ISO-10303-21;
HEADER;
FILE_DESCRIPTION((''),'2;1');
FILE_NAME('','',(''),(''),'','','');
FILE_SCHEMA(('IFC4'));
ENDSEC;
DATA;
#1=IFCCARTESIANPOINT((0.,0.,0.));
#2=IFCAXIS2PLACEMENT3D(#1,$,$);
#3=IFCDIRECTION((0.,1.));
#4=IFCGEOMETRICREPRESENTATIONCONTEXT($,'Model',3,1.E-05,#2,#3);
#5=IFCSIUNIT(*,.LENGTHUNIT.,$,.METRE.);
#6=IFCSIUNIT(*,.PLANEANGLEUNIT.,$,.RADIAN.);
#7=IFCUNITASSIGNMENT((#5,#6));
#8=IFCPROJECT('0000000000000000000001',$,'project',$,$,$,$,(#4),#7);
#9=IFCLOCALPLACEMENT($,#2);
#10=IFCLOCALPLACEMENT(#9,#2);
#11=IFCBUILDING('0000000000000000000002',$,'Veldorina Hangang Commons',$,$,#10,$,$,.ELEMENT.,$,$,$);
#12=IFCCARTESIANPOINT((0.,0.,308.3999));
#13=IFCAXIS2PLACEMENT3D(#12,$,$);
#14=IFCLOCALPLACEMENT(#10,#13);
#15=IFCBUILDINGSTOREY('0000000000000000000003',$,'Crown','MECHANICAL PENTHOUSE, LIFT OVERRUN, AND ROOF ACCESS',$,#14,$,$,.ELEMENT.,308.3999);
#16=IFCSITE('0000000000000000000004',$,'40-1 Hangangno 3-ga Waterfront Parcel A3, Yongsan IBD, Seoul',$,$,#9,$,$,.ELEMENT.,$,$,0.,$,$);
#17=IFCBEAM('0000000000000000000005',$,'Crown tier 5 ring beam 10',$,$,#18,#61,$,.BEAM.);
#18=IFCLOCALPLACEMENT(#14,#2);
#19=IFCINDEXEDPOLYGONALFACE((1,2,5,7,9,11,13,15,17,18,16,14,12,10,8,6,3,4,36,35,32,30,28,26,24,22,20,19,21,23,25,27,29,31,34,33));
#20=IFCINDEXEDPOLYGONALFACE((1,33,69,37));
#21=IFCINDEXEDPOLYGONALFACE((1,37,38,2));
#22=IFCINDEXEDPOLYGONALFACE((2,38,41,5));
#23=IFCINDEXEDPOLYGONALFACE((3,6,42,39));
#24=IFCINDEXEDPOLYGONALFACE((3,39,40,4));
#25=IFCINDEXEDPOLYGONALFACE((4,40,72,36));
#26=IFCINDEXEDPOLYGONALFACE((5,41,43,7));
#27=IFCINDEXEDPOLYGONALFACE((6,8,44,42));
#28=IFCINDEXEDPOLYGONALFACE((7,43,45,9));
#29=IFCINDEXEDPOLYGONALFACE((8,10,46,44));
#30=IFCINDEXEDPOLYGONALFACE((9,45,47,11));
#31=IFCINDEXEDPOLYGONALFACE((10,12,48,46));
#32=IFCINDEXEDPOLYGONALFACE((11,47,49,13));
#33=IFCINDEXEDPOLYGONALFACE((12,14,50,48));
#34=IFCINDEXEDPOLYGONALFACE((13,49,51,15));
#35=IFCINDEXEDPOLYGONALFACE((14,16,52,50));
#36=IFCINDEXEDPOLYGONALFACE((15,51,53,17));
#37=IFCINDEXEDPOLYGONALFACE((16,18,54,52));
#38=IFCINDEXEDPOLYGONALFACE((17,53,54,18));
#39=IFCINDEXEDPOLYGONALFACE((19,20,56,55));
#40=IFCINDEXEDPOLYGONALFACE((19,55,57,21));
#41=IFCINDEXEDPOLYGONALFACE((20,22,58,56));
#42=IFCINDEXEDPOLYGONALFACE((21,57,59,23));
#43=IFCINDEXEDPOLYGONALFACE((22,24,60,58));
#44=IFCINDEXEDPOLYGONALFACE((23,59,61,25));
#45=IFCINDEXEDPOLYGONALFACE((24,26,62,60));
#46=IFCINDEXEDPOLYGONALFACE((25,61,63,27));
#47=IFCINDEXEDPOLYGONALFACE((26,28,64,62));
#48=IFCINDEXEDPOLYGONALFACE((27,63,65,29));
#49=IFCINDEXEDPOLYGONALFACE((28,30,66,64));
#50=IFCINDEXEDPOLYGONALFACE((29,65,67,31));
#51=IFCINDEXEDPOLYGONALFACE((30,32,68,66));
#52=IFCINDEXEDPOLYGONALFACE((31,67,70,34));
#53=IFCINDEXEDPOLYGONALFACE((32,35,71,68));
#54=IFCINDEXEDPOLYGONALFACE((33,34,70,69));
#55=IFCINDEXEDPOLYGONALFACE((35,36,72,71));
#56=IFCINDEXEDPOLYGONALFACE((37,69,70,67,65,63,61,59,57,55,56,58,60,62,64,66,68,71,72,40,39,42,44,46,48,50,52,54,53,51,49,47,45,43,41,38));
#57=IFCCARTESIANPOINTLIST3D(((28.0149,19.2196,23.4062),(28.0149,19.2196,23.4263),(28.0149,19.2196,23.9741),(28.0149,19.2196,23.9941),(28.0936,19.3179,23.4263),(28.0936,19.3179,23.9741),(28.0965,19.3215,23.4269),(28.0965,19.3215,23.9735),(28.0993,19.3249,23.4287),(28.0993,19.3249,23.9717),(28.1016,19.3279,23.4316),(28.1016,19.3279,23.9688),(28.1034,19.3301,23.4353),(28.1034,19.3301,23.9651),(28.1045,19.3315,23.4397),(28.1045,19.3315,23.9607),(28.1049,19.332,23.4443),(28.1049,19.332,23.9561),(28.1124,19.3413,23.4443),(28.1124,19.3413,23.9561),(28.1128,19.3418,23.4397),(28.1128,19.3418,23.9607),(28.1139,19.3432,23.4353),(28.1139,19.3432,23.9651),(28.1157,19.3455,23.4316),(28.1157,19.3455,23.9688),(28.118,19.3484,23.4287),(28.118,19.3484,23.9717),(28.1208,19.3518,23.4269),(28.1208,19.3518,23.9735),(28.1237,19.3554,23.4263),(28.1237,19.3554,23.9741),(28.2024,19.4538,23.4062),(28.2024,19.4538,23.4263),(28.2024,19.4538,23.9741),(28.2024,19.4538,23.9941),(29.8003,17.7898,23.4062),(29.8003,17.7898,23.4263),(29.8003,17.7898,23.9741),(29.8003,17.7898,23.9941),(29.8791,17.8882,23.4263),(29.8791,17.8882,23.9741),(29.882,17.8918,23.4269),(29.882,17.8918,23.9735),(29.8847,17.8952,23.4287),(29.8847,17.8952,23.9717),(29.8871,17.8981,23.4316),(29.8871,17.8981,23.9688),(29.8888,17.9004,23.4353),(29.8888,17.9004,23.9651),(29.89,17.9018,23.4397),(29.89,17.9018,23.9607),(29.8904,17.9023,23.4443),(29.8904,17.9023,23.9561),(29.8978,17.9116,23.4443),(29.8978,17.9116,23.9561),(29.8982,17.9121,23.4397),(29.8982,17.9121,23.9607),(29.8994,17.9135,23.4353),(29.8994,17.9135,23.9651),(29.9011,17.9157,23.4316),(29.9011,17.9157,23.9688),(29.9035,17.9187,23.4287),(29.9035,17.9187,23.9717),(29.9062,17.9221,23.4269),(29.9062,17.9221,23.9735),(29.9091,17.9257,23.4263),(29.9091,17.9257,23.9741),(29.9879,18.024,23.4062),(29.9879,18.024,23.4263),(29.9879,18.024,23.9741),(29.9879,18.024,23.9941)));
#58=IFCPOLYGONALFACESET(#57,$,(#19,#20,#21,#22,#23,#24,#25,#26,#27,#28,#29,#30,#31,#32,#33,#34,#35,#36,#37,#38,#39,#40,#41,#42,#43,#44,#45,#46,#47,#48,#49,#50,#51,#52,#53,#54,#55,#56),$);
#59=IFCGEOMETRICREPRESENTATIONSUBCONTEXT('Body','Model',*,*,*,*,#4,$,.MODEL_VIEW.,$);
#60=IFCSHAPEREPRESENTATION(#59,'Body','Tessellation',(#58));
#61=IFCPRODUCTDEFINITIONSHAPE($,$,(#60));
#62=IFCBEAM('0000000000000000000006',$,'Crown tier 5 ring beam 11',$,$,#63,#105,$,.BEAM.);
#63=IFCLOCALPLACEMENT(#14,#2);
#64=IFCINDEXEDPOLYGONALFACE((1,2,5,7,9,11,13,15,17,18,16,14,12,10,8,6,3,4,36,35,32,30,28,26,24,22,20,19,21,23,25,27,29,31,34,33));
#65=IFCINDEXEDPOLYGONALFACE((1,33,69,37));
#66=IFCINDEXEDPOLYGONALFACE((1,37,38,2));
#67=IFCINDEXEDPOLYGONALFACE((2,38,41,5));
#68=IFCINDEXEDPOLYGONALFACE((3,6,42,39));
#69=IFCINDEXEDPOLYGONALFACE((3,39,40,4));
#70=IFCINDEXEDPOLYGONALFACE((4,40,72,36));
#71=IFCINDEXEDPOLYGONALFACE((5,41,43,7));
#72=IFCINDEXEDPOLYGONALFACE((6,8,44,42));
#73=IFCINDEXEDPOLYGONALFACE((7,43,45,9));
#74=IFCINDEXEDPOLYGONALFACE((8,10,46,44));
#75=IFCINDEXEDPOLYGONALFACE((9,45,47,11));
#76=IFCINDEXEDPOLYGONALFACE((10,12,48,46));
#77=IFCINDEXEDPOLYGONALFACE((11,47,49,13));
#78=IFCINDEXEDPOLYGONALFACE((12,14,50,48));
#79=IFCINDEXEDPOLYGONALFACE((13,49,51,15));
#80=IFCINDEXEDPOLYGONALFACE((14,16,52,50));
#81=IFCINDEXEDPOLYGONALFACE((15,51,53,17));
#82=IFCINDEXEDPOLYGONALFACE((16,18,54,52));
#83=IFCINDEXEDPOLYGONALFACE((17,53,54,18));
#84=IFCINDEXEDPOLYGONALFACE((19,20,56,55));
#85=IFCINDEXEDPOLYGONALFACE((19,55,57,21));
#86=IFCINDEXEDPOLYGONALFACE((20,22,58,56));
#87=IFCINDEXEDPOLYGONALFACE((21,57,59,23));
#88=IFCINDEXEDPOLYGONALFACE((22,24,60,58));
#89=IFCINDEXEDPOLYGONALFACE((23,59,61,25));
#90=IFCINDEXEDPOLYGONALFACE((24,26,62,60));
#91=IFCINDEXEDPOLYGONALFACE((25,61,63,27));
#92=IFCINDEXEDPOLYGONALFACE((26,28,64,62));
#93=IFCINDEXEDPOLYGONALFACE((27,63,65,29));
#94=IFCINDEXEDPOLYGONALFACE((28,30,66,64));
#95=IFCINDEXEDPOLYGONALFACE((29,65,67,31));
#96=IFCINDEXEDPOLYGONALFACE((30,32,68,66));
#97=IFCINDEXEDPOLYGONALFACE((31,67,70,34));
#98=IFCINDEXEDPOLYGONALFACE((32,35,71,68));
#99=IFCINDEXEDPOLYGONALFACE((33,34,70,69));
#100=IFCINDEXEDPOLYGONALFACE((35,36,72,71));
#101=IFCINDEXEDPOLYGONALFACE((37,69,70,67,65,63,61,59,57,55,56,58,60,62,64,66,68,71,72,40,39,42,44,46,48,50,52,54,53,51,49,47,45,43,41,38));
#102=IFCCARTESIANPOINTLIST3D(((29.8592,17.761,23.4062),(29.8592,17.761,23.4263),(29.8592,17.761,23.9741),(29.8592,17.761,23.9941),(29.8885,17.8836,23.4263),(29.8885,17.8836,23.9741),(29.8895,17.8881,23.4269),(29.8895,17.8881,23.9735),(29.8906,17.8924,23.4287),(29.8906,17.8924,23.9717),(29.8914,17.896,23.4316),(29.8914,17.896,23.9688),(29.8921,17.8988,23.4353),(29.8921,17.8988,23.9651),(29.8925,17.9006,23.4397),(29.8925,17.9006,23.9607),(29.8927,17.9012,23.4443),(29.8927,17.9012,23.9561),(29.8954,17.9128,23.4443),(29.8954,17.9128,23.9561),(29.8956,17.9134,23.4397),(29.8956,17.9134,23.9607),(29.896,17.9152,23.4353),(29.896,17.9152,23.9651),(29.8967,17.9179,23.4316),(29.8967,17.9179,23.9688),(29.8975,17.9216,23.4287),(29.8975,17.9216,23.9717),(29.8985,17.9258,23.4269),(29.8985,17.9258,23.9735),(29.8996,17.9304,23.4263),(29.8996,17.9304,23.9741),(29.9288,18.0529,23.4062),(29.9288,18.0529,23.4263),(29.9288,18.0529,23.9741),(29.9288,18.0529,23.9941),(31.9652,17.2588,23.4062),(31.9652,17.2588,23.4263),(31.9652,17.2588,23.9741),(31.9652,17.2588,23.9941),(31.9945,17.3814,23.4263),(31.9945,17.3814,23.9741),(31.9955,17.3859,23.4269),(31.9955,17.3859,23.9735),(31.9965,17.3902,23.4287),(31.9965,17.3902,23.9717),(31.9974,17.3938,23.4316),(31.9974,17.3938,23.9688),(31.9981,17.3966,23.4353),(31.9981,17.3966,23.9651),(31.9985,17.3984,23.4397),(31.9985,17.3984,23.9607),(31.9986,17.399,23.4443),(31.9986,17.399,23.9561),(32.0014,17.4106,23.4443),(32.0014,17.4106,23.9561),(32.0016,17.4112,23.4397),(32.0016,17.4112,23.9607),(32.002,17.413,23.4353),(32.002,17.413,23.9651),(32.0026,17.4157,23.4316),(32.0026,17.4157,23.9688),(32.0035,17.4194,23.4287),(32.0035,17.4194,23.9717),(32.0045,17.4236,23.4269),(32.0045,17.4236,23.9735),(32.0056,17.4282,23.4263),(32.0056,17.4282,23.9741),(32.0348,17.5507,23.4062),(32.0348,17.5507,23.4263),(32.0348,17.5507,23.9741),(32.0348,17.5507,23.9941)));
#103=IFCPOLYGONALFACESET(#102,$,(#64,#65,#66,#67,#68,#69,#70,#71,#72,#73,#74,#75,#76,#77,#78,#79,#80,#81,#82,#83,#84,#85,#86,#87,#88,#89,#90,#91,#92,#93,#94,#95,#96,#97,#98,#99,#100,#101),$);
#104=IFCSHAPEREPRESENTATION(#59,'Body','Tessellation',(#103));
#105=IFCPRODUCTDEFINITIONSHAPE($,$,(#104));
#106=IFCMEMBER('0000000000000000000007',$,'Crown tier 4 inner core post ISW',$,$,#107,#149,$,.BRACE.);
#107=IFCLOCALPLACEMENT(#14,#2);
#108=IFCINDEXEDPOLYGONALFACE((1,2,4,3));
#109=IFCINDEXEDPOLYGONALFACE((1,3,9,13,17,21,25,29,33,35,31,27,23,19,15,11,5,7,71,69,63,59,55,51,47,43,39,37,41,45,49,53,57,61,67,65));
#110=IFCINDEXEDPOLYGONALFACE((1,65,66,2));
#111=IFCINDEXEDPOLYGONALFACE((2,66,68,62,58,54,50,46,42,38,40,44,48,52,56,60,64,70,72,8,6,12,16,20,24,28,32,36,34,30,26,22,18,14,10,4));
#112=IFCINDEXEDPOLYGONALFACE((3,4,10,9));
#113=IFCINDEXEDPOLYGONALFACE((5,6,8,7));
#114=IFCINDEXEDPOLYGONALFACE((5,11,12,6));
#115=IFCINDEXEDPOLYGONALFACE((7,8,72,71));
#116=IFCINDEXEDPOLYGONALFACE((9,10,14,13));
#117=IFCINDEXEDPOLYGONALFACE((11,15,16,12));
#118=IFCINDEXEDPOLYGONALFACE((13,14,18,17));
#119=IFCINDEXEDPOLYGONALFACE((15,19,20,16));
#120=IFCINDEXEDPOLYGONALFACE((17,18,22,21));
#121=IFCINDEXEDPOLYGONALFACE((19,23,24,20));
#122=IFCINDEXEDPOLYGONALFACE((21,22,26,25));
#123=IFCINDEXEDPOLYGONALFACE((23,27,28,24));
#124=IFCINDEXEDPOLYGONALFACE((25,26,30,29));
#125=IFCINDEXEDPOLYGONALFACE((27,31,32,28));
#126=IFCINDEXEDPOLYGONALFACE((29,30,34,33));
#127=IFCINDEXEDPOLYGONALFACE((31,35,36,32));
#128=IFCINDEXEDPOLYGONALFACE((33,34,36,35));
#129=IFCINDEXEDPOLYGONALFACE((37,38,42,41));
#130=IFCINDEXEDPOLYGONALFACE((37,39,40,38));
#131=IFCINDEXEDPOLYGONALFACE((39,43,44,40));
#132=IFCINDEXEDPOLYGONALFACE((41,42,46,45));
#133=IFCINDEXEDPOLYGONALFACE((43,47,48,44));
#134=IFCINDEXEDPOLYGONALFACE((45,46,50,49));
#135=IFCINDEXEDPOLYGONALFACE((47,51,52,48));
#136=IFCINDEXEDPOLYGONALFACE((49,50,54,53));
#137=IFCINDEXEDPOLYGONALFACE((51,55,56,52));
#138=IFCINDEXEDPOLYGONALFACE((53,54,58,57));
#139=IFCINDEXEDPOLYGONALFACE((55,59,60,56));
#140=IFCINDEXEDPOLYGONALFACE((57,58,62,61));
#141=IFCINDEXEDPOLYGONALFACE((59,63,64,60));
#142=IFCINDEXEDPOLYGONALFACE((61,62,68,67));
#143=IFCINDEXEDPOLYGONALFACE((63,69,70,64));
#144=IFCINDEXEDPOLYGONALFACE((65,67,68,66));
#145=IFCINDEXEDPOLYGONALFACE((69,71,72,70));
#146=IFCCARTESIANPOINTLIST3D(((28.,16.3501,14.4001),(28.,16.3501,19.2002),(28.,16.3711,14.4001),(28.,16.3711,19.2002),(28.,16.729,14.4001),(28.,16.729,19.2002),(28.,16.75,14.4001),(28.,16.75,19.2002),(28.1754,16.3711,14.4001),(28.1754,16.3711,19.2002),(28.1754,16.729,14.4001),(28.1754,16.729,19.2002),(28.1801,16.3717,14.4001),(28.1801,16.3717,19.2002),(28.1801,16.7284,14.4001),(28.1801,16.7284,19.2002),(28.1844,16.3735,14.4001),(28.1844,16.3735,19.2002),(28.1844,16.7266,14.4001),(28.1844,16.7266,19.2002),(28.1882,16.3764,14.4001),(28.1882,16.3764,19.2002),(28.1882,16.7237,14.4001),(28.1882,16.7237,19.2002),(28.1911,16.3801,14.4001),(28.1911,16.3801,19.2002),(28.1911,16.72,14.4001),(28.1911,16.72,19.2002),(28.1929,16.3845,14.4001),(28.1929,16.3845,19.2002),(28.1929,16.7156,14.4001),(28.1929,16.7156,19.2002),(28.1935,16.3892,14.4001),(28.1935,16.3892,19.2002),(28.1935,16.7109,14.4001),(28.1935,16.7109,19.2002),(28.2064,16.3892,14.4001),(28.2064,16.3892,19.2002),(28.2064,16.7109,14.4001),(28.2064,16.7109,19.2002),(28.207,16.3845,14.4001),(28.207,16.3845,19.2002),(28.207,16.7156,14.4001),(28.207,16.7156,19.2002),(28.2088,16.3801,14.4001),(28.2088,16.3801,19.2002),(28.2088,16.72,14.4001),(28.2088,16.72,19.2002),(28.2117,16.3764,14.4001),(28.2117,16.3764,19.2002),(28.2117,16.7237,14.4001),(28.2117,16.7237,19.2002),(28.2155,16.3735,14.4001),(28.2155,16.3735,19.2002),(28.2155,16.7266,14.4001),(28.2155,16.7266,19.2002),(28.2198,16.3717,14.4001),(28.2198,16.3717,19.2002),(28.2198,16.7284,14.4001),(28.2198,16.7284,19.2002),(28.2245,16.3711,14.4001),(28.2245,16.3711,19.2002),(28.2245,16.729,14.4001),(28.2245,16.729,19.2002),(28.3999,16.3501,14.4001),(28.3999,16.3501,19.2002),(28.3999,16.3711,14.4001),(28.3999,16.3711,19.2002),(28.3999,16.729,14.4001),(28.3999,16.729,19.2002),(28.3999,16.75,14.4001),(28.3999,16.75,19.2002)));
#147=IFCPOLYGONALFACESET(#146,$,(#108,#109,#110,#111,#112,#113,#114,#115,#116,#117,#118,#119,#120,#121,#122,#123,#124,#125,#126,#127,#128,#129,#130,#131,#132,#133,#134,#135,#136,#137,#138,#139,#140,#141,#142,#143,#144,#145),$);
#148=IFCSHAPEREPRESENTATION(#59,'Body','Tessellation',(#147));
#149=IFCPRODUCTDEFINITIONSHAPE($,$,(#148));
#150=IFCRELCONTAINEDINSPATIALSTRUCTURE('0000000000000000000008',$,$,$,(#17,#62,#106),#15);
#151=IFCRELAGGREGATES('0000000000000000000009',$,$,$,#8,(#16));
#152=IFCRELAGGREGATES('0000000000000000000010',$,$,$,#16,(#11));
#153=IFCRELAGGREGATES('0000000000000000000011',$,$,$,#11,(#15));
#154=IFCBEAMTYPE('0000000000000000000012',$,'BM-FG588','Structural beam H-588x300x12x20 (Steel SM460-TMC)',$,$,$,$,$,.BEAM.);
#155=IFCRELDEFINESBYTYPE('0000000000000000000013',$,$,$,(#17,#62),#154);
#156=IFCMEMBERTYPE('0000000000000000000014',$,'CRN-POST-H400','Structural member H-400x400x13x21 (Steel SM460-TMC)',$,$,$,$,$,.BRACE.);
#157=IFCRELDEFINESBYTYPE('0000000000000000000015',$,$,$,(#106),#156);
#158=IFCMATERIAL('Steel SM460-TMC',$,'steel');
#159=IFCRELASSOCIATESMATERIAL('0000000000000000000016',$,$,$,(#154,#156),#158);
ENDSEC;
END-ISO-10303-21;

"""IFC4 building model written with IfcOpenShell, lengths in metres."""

from ifc_helpers import new_model, si_unit, direction, frame, origin, origin_2d, place, context, subcontext, project, spatial, i_section, extrude, material, material_profile, profile_set, type_object, element, save


model = new_model("IFC4")

# Units and contexts
model_context = context("Model", 3, precision=1e-05, world=origin(), true_north=direction((0.0, 1.0)))
body_context = subcontext(model_context, "Body", "Model", "MODEL_VIEW")
ifc_project = project(units=[si_unit("LENGTHUNIT", "METRE"), si_unit("PLANEANGLEUNIT", "RADIAN")], contexts=[model_context])

# Site, building, storey
site_placement = place(None, origin())
site = spatial("IfcSite", under=ifc_project, at=site_placement, Name="40-1 Hangangno 3-ga Waterfront Parcel A3, Yongsan IBD, Seoul", CompositionType="ELEMENT", RefElevation=0.0)
building_placement = place(site_placement, origin())
building = spatial("IfcBuilding", under=site, at=building_placement, Name="Veldorina Hangang Commons", CompositionType="ELEMENT")
storey_placement = place(building_placement, frame((0.0, 0.0, 308.3999)))
storey = spatial("IfcBuildingStorey", under=building, at=storey_placement, Name="Crown", Description="MECHANICAL PENTHOUSE, LIFT OVERRUN, AND ROOF ACCESS", CompositionType="ELEMENT", Elevation=308.3999)

# Beams
ifc_material_1 = material(Name="Steel SM460-TMC", Category="steel")
ifc_material_profile_1 = material_profile(ifc_material_1, i_section(OverallWidth=0.3, OverallDepth=0.5879, WebThickness=0.012, FlangeThickness=0.02, FilletRadius=0.0181, at=origin_2d()), Name="H-588x300x12x20")
ifc_profile_set_1 = profile_set([ifc_material_profile_1], Name="Steel SM460-TMC")
beam_type = type_object("IfcBeamType", Name="BM-FG588", Description="Structural beam H-588x300x12x20 (Steel SM460-TMC)", PredefinedType="BEAM", material=ifc_profile_set_1)
beam_1_placement = place(storey_placement, frame((28.1086, 19.3367, 23.7002), z_axis=(0.780577, -0.625059, 0.0), x_axis=(0.625059, 0.780577, 0.0)))
element("IfcBeam", 1, at=beam_1_placement, inside=storey, type_object=beam_type, Name="Crown tier 5 ring beam 10", PredefinedType="BEAM", context=body_context, shape_type="SweptSolid", body=[
    extrude(i_section(OverallWidth=0.3, OverallDepth=0.5879, WebThickness=0.012, FlangeThickness=0.02, FilletRadius=0.0181, at=origin_2d()), origin(), (0.0, 0.0, 1.0), 2.2874),
])
beam_2_placement = place(storey_placement, frame((29.894, 17.907, 23.7002), z_axis=(0.972725, -0.231961, 0.0), x_axis=(0.231961, 0.972725, 0.0)))
element("IfcBeam", 2, at=beam_2_placement, inside=storey, type_object=beam_type, Name="Crown tier 5 ring beam 11", PredefinedType="BEAM", context=body_context, shape_type="SweptSolid", body=[
    extrude(i_section(OverallWidth=0.3, OverallDepth=0.5879, WebThickness=0.012, FlangeThickness=0.02, FilletRadius=0.0181, at=origin_2d()), origin(), (0.0, 0.0, 1.0), 2.165),
])

# Member
ifc_material_profile_2 = material_profile(ifc_material_1, i_section(OverallWidth=0.3999, OverallDepth=0.3999, WebThickness=0.0129, FlangeThickness=0.021, FilletRadius=0.0181, at=origin_2d()), Name="H-400x400x13x21")
ifc_profile_set_2 = profile_set([ifc_material_profile_2], Name="Steel SM460-TMC")
member_type_1 = type_object("IfcMemberType", Name="CRN-POST-H400", Description="Structural member H-400x400x13x21 (Steel SM460-TMC)", PredefinedType="BRACE", material=ifc_profile_set_2)
member_1_placement = place(storey_placement, frame((28.2, 16.55, 14.4001), z_axis=(0.0, 0.0, 1.0), x_axis=(1.0, 0.0, 0.0)))
element("IfcMember", 3, at=member_1_placement, inside=storey, type_object=member_type_1, Name="Crown tier 4 inner core post ISW", PredefinedType="BRACE", context=body_context, shape_type="SweptSolid", body=[
    extrude(i_section(OverallWidth=0.3999, OverallDepth=0.3999, WebThickness=0.0129, FlangeThickness=0.021, FilletRadius=0.0181, at=origin_2d()), origin(), (0.0, 0.0, 1.0), 4.8),
])

save(model, "model.ifc")
